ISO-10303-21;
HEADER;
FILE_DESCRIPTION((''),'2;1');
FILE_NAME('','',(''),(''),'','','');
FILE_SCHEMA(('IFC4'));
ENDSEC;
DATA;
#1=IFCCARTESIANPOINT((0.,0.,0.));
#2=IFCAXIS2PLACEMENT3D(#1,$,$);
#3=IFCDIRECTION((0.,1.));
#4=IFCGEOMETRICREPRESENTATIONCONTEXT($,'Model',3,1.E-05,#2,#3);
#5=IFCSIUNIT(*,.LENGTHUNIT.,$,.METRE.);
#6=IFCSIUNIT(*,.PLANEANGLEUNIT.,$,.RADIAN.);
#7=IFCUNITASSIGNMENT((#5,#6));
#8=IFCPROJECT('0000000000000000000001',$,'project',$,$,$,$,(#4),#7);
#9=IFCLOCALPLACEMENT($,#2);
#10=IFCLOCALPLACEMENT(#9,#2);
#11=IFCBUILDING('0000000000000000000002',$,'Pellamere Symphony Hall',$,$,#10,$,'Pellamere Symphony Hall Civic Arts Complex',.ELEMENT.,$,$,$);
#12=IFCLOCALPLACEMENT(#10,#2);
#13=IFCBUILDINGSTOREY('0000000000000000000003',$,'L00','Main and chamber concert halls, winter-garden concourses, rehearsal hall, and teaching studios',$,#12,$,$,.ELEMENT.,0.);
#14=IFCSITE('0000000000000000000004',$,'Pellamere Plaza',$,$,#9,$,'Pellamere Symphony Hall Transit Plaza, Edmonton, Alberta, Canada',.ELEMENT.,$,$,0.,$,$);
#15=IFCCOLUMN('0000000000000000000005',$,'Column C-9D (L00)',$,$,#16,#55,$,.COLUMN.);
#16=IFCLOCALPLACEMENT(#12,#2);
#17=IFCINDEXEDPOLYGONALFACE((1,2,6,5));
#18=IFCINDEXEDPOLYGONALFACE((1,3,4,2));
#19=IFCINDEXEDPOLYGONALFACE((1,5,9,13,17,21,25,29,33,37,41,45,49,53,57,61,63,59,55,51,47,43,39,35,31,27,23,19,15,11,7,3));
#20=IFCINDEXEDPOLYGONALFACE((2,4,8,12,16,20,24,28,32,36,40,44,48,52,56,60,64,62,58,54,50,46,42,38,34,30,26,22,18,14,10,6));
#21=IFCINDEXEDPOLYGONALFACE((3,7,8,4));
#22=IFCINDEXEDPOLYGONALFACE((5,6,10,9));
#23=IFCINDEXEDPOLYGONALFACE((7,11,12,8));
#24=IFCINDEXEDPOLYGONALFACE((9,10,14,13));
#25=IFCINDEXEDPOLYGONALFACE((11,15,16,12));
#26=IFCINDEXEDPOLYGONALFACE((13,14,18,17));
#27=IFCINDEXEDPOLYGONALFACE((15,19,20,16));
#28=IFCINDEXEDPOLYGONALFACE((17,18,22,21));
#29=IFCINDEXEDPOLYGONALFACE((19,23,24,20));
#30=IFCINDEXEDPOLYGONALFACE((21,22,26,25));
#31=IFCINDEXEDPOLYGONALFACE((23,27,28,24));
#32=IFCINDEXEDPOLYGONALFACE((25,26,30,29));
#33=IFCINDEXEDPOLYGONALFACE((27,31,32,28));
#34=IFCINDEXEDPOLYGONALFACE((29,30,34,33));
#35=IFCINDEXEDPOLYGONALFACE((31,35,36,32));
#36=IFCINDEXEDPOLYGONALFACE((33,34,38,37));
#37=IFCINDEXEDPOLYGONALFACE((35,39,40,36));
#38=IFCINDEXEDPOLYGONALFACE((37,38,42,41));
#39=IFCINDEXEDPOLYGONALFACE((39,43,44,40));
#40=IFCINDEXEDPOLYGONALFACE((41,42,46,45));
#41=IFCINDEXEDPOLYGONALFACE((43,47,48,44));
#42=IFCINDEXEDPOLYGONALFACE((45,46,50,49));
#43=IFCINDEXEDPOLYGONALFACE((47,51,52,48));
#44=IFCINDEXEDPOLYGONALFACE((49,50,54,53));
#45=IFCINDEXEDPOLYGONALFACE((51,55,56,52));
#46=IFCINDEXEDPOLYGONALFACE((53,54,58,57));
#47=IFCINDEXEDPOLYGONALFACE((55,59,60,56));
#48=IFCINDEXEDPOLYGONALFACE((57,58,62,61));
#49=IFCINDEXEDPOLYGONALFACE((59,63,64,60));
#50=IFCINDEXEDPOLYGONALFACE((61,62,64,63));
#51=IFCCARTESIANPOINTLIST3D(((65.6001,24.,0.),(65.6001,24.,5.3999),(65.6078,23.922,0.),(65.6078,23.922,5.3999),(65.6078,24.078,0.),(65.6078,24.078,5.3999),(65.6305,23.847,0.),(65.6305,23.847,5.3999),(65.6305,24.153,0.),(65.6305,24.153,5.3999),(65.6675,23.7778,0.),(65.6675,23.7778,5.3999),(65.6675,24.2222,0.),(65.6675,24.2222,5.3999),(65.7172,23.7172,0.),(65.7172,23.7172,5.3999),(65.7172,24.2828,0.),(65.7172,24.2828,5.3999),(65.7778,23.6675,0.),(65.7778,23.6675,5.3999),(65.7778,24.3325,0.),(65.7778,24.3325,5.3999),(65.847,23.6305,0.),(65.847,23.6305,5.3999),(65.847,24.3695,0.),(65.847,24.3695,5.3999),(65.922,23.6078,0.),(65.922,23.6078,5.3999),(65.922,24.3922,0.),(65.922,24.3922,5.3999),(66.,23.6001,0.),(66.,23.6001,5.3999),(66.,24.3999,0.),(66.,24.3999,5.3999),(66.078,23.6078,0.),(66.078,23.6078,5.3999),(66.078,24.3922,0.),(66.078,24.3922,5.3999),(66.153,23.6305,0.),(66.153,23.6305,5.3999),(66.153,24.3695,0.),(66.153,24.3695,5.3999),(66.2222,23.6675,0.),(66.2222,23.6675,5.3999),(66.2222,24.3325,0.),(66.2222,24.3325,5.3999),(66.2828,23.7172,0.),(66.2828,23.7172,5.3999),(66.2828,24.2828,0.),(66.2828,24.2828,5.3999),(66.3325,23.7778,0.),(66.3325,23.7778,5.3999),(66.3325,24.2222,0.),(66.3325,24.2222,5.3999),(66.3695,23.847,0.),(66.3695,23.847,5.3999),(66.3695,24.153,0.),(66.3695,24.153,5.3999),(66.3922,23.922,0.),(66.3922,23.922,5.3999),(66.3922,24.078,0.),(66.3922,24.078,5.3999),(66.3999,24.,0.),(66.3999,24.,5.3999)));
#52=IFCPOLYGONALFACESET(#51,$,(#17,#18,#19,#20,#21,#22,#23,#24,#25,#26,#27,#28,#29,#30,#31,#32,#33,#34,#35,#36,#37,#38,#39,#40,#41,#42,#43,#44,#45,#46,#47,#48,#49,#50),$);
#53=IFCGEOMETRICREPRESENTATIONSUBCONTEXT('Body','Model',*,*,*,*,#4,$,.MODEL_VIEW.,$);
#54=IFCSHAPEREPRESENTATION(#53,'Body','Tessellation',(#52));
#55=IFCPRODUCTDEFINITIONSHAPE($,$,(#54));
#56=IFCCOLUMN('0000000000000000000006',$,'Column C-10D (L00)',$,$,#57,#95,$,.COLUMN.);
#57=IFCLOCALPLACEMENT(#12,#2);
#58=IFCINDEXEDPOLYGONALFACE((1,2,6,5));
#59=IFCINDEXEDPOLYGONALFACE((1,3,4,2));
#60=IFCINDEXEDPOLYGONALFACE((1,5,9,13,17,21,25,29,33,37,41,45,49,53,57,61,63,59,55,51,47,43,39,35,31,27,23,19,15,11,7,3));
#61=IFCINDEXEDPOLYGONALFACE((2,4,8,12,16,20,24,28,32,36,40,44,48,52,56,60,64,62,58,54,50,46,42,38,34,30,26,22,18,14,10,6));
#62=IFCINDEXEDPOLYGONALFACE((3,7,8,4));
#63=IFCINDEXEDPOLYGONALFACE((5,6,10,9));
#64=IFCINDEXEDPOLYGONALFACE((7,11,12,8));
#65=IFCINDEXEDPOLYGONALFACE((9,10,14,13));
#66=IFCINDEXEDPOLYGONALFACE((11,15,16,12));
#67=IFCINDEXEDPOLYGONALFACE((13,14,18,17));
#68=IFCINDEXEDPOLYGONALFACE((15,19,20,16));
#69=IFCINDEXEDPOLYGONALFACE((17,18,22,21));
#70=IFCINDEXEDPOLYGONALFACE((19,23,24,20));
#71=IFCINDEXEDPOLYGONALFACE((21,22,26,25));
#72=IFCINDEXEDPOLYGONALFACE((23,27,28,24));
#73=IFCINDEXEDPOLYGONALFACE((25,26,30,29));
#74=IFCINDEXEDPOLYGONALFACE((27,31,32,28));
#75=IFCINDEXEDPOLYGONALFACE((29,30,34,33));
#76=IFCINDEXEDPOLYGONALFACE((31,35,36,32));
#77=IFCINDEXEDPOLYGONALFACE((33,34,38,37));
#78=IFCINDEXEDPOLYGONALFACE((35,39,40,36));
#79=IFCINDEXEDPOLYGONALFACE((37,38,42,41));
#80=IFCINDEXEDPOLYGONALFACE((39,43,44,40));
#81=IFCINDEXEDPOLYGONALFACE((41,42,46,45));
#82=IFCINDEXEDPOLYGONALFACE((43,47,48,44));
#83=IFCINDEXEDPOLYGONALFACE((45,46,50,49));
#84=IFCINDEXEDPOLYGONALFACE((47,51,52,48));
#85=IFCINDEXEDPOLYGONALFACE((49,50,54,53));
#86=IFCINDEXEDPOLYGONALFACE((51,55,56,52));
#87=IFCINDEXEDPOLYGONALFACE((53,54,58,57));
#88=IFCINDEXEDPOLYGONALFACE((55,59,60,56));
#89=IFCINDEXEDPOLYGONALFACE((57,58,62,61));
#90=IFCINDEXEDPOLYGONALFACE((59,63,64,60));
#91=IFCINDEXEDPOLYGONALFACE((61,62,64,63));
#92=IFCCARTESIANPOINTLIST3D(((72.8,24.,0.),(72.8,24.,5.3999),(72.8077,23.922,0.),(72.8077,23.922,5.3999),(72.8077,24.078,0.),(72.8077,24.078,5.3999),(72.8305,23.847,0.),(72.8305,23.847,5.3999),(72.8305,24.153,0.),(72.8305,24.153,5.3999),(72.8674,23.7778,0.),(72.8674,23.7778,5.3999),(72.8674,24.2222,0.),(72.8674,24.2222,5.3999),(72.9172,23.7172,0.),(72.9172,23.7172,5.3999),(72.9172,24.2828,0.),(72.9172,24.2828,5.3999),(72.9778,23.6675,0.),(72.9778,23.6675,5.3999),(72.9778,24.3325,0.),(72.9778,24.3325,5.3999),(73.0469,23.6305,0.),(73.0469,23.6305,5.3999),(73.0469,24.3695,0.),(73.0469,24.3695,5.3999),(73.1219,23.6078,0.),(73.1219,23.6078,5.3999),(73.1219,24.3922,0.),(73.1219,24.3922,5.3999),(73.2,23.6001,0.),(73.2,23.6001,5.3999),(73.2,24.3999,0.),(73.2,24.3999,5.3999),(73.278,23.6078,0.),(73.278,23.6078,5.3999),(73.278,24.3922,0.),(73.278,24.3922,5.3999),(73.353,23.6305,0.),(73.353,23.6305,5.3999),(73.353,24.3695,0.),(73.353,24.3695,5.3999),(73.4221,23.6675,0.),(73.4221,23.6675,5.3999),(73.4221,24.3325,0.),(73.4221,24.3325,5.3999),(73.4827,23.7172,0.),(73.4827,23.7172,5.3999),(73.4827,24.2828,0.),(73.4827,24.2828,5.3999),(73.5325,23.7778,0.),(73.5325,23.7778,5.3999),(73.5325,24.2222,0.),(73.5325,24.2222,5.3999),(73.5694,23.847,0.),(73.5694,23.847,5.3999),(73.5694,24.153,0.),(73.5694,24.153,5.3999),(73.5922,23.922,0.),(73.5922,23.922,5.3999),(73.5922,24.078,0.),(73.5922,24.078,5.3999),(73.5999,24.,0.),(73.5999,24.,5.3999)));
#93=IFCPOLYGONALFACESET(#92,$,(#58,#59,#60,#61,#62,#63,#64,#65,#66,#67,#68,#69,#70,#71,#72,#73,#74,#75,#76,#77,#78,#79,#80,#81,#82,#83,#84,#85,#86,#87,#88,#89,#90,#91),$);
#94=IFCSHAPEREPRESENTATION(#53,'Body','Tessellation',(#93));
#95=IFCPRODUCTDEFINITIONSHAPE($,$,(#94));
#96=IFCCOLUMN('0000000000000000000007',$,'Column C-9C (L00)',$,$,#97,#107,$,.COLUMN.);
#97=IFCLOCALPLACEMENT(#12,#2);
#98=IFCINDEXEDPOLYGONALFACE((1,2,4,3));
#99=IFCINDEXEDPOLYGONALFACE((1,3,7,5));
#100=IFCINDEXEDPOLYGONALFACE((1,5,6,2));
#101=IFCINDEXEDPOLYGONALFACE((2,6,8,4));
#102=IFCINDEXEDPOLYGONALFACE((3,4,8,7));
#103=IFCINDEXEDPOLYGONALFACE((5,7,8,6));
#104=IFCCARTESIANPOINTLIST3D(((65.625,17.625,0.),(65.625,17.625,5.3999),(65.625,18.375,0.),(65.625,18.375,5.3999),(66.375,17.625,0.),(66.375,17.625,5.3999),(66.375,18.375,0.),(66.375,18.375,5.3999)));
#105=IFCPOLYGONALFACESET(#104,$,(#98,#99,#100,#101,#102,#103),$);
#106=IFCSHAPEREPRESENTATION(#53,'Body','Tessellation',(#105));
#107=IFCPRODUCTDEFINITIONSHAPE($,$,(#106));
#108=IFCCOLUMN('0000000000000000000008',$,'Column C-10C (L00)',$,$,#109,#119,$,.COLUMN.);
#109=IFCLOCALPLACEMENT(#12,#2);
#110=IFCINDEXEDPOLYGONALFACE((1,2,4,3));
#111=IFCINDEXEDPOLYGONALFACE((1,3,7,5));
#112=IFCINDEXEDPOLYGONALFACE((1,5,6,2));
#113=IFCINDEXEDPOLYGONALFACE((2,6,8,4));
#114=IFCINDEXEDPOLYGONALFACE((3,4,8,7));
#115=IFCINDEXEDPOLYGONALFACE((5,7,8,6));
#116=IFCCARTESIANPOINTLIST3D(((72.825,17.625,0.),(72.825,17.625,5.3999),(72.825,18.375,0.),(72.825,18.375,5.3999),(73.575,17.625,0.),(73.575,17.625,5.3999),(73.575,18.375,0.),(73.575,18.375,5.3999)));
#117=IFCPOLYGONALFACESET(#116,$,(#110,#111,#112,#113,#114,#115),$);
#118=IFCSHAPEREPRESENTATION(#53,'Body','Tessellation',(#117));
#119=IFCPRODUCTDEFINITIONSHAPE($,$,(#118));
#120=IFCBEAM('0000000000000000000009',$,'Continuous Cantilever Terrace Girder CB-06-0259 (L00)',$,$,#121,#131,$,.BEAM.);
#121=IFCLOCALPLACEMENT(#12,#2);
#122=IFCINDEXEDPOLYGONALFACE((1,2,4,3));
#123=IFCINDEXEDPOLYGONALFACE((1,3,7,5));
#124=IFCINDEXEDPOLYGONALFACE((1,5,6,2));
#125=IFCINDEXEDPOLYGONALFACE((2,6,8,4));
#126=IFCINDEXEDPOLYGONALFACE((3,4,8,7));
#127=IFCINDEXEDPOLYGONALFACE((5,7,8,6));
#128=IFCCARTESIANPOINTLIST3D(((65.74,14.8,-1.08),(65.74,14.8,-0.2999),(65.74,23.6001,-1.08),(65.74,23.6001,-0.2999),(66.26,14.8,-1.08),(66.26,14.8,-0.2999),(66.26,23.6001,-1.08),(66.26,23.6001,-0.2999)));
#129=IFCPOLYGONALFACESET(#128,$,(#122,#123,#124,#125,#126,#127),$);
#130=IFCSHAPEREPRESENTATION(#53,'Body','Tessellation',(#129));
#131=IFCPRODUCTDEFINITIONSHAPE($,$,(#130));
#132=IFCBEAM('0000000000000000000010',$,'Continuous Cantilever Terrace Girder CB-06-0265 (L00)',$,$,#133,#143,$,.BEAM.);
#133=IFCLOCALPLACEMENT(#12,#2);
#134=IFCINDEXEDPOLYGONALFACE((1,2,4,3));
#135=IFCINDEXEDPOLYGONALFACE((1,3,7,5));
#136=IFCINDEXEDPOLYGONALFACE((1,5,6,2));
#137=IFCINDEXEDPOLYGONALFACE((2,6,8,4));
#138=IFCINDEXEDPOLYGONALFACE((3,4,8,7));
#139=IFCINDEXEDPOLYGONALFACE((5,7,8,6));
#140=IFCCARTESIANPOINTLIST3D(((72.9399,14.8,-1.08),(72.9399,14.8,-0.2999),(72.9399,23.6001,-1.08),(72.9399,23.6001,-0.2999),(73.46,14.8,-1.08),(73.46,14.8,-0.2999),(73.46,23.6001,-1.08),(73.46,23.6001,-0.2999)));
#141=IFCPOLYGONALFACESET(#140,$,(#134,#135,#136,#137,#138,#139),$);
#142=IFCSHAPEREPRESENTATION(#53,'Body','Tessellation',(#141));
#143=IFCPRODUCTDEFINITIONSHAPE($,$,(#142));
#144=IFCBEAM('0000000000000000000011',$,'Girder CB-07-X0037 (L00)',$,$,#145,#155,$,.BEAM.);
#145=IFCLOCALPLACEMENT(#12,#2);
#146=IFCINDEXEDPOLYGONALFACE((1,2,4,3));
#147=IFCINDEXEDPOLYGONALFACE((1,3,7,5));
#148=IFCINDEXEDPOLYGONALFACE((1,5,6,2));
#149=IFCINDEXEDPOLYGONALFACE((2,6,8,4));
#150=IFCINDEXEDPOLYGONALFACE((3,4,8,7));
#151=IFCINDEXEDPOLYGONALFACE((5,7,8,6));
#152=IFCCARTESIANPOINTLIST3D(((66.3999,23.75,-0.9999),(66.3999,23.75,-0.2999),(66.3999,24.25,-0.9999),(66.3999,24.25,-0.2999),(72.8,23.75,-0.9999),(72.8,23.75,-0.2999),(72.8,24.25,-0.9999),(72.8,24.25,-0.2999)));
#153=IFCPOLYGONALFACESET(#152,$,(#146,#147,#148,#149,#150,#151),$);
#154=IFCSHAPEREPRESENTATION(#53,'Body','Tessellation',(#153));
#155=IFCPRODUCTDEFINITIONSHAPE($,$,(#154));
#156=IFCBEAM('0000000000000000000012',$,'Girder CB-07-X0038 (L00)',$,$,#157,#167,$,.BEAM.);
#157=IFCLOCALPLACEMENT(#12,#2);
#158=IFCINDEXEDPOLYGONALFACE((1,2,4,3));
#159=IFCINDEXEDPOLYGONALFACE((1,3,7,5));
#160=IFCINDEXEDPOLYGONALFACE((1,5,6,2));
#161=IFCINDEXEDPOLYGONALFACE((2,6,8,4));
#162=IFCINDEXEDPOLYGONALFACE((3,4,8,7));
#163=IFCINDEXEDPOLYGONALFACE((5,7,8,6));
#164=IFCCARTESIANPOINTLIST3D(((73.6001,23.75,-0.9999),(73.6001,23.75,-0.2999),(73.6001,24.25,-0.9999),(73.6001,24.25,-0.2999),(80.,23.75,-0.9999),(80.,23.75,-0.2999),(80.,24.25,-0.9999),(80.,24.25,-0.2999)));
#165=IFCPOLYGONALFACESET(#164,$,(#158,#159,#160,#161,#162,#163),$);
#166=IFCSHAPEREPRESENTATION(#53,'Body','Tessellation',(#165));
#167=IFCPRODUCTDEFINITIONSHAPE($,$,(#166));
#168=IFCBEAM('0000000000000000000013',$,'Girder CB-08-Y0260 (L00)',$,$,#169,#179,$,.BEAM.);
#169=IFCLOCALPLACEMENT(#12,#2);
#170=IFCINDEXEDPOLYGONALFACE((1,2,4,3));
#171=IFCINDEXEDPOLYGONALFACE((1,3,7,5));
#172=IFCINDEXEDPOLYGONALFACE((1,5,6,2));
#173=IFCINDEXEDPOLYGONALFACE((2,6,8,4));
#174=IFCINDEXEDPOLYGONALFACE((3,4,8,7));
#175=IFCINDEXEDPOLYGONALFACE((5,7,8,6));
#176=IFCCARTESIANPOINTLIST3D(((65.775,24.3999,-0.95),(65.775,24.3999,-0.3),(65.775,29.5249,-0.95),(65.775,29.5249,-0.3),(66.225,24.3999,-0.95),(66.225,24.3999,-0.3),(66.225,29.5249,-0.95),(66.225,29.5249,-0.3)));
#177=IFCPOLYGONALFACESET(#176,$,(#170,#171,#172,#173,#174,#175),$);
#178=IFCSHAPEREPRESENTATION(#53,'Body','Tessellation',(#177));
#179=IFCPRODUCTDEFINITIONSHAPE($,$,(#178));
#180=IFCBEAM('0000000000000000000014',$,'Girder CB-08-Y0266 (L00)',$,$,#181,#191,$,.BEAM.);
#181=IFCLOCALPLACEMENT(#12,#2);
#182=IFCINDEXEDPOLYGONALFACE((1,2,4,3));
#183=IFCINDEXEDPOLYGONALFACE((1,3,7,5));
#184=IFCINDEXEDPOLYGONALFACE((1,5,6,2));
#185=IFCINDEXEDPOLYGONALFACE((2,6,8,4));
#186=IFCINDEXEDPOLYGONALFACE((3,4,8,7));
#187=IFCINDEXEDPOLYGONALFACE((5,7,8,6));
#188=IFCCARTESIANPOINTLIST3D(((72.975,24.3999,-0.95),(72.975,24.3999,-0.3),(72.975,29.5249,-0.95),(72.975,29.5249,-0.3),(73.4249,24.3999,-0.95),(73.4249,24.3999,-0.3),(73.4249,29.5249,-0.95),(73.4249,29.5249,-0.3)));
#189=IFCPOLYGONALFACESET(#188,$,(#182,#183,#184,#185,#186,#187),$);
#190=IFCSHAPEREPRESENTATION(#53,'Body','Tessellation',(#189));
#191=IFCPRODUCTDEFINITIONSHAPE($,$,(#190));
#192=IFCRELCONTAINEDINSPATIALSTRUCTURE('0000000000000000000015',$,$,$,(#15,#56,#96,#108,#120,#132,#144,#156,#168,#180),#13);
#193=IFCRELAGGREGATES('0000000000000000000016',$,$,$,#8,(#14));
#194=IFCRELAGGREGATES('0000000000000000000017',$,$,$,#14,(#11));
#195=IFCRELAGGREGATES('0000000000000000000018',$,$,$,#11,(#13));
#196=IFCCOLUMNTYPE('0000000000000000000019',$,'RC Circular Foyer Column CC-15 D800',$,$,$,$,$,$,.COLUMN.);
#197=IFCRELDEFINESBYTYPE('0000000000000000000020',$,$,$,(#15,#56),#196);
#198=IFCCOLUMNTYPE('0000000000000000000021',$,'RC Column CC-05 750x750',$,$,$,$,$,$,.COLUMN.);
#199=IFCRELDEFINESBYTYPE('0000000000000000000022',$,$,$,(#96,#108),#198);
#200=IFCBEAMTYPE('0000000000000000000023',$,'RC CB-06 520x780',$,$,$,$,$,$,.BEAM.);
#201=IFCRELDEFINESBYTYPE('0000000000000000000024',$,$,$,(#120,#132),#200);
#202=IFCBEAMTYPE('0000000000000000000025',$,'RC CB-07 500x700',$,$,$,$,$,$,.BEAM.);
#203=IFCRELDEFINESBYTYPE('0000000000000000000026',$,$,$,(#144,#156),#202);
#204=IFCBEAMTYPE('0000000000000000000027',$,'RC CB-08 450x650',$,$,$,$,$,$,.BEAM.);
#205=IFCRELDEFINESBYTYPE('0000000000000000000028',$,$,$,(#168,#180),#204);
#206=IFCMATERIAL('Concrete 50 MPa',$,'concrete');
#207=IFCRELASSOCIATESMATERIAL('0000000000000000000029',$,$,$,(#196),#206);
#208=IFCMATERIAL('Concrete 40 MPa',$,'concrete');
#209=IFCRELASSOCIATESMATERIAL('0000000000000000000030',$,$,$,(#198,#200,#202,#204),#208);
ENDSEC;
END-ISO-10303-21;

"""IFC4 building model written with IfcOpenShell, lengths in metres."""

from ifc_helpers import new_model, si_unit, direction, frame, origin, origin_2d, place, context, subcontext, project, spatial, rectangle, circle, extrude, material, material_profile, profile_set, type_object, element, save


model = new_model("IFC4")

# Units and contexts
model_context = context("Model", 3, precision=1e-05, world=origin(), true_north=direction((0.0, 1.0)))
body_context = subcontext(model_context, "Body", "Model", "MODEL_VIEW")
ifc_project = project(units=[si_unit("LENGTHUNIT", "METRE"), si_unit("PLANEANGLEUNIT", "RADIAN")], contexts=[model_context])

# Site, building, storey
site_placement = place(None, origin())
site = spatial("IfcSite", under=ifc_project, at=site_placement, Name="Pellamere Plaza", LongName="Pellamere Symphony Hall Transit Plaza, Edmonton, Alberta, Canada", CompositionType="ELEMENT", RefElevation=0.0)
building_placement = place(site_placement, origin())
building = spatial("IfcBuilding", under=site, at=building_placement, Name="Pellamere Symphony Hall", LongName="Pellamere Symphony Hall Civic Arts Complex", CompositionType="ELEMENT")
storey_placement = place(building_placement, origin())
storey = spatial("IfcBuildingStorey", under=building, at=storey_placement, Name="L00", Description="Main and chamber concert halls, winter-garden concourses, rehearsal hall, and teaching studios", CompositionType="ELEMENT", Elevation=0.0)

# Columns
ifc_material_1 = material(Name="Concrete 50 MPa", Category="concrete")
ifc_material_profile_1 = material_profile(ifc_material_1, circle(Radius=0.3999, at=origin_2d()), Name="RCCOL D800")
ifc_profile_set_1 = profile_set([ifc_material_profile_1], Name="Concrete 50 MPa")
column_type_1 = type_object("IfcColumnType", Name="RC Circular Foyer Column CC-15 D800", PredefinedType="COLUMN", material=ifc_profile_set_1)
for number, where, z_axis, x_axis, name in (
    (1, (66.0, 24.0, 0.0), (0.0, 0.0, 1.0), (1.0, 0.0, 0.0), "Column C-9D (L00)"),
    (2, (73.2, 24.0, 0.0), (0.0, 0.0, 1.0), (1.0, 0.0, 0.0), "Column C-10D (L00)"),
):
    element("IfcColumn", number, at=place(storey_placement, frame(where, z_axis=z_axis, x_axis=x_axis)), inside=storey, type_object=column_type_1, Name=name, PredefinedType="COLUMN", context=body_context, shape_type="SweptSolid", body=[
        extrude(circle(Radius=0.3999, at=origin_2d()), origin(), (0.0, 0.0, 1.0), 5.3999),
    ])
ifc_material_2 = material(Name="Concrete 40 MPa", Category="concrete")
ifc_material_profile_2 = material_profile(ifc_material_2, rectangle(XDim=0.75, YDim=0.75, at=origin_2d()), Name="RC 750x750")
ifc_profile_set_2 = profile_set([ifc_material_profile_2], Name="Concrete 40 MPa")
column_type_2 = type_object("IfcColumnType", Name="RC Column CC-05 750x750", PredefinedType="COLUMN", material=ifc_profile_set_2)
for number, where, z_axis, x_axis, name in (
    (3, (66.0, 18.0, 0.0), (0.0, 0.0, 1.0), (1.0, 0.0, 0.0), "Column C-9C (L00)"),
    (4, (73.2, 18.0, 0.0), (0.0, 0.0, 1.0), (1.0, 0.0, 0.0), "Column C-10C (L00)"),
):
    element("IfcColumn", number, at=place(storey_placement, frame(where, z_axis=z_axis, x_axis=x_axis)), inside=storey, type_object=column_type_2, Name=name, PredefinedType="COLUMN", context=body_context, shape_type="SweptSolid", body=[
        extrude(rectangle(XDim=0.75, YDim=0.75, at=origin_2d()), origin(), (0.0, 0.0, 1.0), 5.3999),
    ])

# Beams
ifc_material_profile_3 = material_profile(ifc_material_2, rectangle(XDim=0.52, YDim=0.78, at=origin_2d()), Name="RC 520x780")
ifc_profile_set_3 = profile_set([ifc_material_profile_3], Name="Concrete 40 MPa")
beam_type_1 = type_object("IfcBeamType", Name="RC CB-06 520x780", PredefinedType="BEAM", material=ifc_profile_set_3)
for number, where, z_axis, x_axis, name in (
    (5, (66.0, 14.8, -0.6899), (0.0, 1.0, 0.0), (-1.0, 0.0, 0.0), "Continuous Cantilever Terrace Girder CB-06-0259 (L00)"),
    (6, (73.2, 14.8, -0.6899), (0.0, 1.0, 0.0), (-1.0, 0.0, 0.0), "Continuous Cantilever Terrace Girder CB-06-0265 (L00)"),
):
    element("IfcBeam", number, at=place(storey_placement, frame(where, z_axis=z_axis, x_axis=x_axis)), inside=storey, type_object=beam_type_1, Name=name, PredefinedType="BEAM", context=body_context, shape_type="SweptSolid", body=[
        extrude(rectangle(XDim=0.52, YDim=0.78, at=origin_2d()), origin(), (0.0, 0.0, 1.0), 8.8),
    ])
ifc_material_profile_4 = material_profile(ifc_material_2, rectangle(XDim=0.5, YDim=0.7, at=origin_2d()), Name="RC 500x700")
ifc_profile_set_4 = profile_set([ifc_material_profile_4], Name="Concrete 40 MPa")
beam_type_2 = type_object("IfcBeamType", Name="RC CB-07 500x700", PredefinedType="BEAM", material=ifc_profile_set_4)
beam_1_placement = place(storey_placement, frame((66.3999, 24.0, -0.6499), z_axis=(1.0, 0.0, 0.0), x_axis=(0.0, 1.0, 0.0)))
element("IfcBeam", 7, at=beam_1_placement, inside=storey, type_object=beam_type_2, Name="Girder CB-07-X0037 (L00)", PredefinedType="BEAM", context=body_context, shape_type="SweptSolid", body=[
    extrude(rectangle(XDim=0.5, YDim=0.7, at=origin_2d()), origin(), (0.0, 0.0, 1.0), 6.4001),
])
beam_2_placement = place(storey_placement, frame((73.6001, 24.0, -0.6499), z_axis=(1.0, 0.0, 0.0), x_axis=(0.0, 1.0, 0.0)))
element("IfcBeam", 8, at=beam_2_placement, inside=storey, type_object=beam_type_2, Name="Girder CB-07-X0038 (L00)", PredefinedType="BEAM", context=body_context, shape_type="SweptSolid", body=[
    extrude(rectangle(XDim=0.5, YDim=0.7, at=origin_2d()), origin(), (0.0, 0.0, 1.0), 6.3999),
])
ifc_material_profile_5 = material_profile(ifc_material_2, rectangle(XDim=0.45, YDim=0.6499, at=origin_2d()), Name="RC 450x650")
ifc_profile_set_5 = profile_set([ifc_material_profile_5], Name="Concrete 40 MPa")
beam_type_3 = type_object("IfcBeamType", Name="RC CB-08 450x650", PredefinedType="BEAM", material=ifc_profile_set_5)
for number, where, z_axis, x_axis, name in (
    (9, (66.0, 24.3999, -0.625), (0.0, 1.0, 0.0), (-1.0, 0.0, 0.0), "Girder CB-08-Y0260 (L00)"),
    (10, (73.2, 24.3999, -0.625), (0.0, 1.0, 0.0), (-1.0, 0.0, 0.0), "Girder CB-08-Y0266 (L00)"),
):
    element("IfcBeam", number, at=place(storey_placement, frame(where, z_axis=z_axis, x_axis=x_axis)), inside=storey, type_object=beam_type_3, Name=name, PredefinedType="BEAM", context=body_context, shape_type="SweptSolid", body=[
        extrude(rectangle(XDim=0.45, YDim=0.6499, at=origin_2d()), origin(), (0.0, 0.0, 1.0), 5.125),
    ])

save(model, "model.ifc")
